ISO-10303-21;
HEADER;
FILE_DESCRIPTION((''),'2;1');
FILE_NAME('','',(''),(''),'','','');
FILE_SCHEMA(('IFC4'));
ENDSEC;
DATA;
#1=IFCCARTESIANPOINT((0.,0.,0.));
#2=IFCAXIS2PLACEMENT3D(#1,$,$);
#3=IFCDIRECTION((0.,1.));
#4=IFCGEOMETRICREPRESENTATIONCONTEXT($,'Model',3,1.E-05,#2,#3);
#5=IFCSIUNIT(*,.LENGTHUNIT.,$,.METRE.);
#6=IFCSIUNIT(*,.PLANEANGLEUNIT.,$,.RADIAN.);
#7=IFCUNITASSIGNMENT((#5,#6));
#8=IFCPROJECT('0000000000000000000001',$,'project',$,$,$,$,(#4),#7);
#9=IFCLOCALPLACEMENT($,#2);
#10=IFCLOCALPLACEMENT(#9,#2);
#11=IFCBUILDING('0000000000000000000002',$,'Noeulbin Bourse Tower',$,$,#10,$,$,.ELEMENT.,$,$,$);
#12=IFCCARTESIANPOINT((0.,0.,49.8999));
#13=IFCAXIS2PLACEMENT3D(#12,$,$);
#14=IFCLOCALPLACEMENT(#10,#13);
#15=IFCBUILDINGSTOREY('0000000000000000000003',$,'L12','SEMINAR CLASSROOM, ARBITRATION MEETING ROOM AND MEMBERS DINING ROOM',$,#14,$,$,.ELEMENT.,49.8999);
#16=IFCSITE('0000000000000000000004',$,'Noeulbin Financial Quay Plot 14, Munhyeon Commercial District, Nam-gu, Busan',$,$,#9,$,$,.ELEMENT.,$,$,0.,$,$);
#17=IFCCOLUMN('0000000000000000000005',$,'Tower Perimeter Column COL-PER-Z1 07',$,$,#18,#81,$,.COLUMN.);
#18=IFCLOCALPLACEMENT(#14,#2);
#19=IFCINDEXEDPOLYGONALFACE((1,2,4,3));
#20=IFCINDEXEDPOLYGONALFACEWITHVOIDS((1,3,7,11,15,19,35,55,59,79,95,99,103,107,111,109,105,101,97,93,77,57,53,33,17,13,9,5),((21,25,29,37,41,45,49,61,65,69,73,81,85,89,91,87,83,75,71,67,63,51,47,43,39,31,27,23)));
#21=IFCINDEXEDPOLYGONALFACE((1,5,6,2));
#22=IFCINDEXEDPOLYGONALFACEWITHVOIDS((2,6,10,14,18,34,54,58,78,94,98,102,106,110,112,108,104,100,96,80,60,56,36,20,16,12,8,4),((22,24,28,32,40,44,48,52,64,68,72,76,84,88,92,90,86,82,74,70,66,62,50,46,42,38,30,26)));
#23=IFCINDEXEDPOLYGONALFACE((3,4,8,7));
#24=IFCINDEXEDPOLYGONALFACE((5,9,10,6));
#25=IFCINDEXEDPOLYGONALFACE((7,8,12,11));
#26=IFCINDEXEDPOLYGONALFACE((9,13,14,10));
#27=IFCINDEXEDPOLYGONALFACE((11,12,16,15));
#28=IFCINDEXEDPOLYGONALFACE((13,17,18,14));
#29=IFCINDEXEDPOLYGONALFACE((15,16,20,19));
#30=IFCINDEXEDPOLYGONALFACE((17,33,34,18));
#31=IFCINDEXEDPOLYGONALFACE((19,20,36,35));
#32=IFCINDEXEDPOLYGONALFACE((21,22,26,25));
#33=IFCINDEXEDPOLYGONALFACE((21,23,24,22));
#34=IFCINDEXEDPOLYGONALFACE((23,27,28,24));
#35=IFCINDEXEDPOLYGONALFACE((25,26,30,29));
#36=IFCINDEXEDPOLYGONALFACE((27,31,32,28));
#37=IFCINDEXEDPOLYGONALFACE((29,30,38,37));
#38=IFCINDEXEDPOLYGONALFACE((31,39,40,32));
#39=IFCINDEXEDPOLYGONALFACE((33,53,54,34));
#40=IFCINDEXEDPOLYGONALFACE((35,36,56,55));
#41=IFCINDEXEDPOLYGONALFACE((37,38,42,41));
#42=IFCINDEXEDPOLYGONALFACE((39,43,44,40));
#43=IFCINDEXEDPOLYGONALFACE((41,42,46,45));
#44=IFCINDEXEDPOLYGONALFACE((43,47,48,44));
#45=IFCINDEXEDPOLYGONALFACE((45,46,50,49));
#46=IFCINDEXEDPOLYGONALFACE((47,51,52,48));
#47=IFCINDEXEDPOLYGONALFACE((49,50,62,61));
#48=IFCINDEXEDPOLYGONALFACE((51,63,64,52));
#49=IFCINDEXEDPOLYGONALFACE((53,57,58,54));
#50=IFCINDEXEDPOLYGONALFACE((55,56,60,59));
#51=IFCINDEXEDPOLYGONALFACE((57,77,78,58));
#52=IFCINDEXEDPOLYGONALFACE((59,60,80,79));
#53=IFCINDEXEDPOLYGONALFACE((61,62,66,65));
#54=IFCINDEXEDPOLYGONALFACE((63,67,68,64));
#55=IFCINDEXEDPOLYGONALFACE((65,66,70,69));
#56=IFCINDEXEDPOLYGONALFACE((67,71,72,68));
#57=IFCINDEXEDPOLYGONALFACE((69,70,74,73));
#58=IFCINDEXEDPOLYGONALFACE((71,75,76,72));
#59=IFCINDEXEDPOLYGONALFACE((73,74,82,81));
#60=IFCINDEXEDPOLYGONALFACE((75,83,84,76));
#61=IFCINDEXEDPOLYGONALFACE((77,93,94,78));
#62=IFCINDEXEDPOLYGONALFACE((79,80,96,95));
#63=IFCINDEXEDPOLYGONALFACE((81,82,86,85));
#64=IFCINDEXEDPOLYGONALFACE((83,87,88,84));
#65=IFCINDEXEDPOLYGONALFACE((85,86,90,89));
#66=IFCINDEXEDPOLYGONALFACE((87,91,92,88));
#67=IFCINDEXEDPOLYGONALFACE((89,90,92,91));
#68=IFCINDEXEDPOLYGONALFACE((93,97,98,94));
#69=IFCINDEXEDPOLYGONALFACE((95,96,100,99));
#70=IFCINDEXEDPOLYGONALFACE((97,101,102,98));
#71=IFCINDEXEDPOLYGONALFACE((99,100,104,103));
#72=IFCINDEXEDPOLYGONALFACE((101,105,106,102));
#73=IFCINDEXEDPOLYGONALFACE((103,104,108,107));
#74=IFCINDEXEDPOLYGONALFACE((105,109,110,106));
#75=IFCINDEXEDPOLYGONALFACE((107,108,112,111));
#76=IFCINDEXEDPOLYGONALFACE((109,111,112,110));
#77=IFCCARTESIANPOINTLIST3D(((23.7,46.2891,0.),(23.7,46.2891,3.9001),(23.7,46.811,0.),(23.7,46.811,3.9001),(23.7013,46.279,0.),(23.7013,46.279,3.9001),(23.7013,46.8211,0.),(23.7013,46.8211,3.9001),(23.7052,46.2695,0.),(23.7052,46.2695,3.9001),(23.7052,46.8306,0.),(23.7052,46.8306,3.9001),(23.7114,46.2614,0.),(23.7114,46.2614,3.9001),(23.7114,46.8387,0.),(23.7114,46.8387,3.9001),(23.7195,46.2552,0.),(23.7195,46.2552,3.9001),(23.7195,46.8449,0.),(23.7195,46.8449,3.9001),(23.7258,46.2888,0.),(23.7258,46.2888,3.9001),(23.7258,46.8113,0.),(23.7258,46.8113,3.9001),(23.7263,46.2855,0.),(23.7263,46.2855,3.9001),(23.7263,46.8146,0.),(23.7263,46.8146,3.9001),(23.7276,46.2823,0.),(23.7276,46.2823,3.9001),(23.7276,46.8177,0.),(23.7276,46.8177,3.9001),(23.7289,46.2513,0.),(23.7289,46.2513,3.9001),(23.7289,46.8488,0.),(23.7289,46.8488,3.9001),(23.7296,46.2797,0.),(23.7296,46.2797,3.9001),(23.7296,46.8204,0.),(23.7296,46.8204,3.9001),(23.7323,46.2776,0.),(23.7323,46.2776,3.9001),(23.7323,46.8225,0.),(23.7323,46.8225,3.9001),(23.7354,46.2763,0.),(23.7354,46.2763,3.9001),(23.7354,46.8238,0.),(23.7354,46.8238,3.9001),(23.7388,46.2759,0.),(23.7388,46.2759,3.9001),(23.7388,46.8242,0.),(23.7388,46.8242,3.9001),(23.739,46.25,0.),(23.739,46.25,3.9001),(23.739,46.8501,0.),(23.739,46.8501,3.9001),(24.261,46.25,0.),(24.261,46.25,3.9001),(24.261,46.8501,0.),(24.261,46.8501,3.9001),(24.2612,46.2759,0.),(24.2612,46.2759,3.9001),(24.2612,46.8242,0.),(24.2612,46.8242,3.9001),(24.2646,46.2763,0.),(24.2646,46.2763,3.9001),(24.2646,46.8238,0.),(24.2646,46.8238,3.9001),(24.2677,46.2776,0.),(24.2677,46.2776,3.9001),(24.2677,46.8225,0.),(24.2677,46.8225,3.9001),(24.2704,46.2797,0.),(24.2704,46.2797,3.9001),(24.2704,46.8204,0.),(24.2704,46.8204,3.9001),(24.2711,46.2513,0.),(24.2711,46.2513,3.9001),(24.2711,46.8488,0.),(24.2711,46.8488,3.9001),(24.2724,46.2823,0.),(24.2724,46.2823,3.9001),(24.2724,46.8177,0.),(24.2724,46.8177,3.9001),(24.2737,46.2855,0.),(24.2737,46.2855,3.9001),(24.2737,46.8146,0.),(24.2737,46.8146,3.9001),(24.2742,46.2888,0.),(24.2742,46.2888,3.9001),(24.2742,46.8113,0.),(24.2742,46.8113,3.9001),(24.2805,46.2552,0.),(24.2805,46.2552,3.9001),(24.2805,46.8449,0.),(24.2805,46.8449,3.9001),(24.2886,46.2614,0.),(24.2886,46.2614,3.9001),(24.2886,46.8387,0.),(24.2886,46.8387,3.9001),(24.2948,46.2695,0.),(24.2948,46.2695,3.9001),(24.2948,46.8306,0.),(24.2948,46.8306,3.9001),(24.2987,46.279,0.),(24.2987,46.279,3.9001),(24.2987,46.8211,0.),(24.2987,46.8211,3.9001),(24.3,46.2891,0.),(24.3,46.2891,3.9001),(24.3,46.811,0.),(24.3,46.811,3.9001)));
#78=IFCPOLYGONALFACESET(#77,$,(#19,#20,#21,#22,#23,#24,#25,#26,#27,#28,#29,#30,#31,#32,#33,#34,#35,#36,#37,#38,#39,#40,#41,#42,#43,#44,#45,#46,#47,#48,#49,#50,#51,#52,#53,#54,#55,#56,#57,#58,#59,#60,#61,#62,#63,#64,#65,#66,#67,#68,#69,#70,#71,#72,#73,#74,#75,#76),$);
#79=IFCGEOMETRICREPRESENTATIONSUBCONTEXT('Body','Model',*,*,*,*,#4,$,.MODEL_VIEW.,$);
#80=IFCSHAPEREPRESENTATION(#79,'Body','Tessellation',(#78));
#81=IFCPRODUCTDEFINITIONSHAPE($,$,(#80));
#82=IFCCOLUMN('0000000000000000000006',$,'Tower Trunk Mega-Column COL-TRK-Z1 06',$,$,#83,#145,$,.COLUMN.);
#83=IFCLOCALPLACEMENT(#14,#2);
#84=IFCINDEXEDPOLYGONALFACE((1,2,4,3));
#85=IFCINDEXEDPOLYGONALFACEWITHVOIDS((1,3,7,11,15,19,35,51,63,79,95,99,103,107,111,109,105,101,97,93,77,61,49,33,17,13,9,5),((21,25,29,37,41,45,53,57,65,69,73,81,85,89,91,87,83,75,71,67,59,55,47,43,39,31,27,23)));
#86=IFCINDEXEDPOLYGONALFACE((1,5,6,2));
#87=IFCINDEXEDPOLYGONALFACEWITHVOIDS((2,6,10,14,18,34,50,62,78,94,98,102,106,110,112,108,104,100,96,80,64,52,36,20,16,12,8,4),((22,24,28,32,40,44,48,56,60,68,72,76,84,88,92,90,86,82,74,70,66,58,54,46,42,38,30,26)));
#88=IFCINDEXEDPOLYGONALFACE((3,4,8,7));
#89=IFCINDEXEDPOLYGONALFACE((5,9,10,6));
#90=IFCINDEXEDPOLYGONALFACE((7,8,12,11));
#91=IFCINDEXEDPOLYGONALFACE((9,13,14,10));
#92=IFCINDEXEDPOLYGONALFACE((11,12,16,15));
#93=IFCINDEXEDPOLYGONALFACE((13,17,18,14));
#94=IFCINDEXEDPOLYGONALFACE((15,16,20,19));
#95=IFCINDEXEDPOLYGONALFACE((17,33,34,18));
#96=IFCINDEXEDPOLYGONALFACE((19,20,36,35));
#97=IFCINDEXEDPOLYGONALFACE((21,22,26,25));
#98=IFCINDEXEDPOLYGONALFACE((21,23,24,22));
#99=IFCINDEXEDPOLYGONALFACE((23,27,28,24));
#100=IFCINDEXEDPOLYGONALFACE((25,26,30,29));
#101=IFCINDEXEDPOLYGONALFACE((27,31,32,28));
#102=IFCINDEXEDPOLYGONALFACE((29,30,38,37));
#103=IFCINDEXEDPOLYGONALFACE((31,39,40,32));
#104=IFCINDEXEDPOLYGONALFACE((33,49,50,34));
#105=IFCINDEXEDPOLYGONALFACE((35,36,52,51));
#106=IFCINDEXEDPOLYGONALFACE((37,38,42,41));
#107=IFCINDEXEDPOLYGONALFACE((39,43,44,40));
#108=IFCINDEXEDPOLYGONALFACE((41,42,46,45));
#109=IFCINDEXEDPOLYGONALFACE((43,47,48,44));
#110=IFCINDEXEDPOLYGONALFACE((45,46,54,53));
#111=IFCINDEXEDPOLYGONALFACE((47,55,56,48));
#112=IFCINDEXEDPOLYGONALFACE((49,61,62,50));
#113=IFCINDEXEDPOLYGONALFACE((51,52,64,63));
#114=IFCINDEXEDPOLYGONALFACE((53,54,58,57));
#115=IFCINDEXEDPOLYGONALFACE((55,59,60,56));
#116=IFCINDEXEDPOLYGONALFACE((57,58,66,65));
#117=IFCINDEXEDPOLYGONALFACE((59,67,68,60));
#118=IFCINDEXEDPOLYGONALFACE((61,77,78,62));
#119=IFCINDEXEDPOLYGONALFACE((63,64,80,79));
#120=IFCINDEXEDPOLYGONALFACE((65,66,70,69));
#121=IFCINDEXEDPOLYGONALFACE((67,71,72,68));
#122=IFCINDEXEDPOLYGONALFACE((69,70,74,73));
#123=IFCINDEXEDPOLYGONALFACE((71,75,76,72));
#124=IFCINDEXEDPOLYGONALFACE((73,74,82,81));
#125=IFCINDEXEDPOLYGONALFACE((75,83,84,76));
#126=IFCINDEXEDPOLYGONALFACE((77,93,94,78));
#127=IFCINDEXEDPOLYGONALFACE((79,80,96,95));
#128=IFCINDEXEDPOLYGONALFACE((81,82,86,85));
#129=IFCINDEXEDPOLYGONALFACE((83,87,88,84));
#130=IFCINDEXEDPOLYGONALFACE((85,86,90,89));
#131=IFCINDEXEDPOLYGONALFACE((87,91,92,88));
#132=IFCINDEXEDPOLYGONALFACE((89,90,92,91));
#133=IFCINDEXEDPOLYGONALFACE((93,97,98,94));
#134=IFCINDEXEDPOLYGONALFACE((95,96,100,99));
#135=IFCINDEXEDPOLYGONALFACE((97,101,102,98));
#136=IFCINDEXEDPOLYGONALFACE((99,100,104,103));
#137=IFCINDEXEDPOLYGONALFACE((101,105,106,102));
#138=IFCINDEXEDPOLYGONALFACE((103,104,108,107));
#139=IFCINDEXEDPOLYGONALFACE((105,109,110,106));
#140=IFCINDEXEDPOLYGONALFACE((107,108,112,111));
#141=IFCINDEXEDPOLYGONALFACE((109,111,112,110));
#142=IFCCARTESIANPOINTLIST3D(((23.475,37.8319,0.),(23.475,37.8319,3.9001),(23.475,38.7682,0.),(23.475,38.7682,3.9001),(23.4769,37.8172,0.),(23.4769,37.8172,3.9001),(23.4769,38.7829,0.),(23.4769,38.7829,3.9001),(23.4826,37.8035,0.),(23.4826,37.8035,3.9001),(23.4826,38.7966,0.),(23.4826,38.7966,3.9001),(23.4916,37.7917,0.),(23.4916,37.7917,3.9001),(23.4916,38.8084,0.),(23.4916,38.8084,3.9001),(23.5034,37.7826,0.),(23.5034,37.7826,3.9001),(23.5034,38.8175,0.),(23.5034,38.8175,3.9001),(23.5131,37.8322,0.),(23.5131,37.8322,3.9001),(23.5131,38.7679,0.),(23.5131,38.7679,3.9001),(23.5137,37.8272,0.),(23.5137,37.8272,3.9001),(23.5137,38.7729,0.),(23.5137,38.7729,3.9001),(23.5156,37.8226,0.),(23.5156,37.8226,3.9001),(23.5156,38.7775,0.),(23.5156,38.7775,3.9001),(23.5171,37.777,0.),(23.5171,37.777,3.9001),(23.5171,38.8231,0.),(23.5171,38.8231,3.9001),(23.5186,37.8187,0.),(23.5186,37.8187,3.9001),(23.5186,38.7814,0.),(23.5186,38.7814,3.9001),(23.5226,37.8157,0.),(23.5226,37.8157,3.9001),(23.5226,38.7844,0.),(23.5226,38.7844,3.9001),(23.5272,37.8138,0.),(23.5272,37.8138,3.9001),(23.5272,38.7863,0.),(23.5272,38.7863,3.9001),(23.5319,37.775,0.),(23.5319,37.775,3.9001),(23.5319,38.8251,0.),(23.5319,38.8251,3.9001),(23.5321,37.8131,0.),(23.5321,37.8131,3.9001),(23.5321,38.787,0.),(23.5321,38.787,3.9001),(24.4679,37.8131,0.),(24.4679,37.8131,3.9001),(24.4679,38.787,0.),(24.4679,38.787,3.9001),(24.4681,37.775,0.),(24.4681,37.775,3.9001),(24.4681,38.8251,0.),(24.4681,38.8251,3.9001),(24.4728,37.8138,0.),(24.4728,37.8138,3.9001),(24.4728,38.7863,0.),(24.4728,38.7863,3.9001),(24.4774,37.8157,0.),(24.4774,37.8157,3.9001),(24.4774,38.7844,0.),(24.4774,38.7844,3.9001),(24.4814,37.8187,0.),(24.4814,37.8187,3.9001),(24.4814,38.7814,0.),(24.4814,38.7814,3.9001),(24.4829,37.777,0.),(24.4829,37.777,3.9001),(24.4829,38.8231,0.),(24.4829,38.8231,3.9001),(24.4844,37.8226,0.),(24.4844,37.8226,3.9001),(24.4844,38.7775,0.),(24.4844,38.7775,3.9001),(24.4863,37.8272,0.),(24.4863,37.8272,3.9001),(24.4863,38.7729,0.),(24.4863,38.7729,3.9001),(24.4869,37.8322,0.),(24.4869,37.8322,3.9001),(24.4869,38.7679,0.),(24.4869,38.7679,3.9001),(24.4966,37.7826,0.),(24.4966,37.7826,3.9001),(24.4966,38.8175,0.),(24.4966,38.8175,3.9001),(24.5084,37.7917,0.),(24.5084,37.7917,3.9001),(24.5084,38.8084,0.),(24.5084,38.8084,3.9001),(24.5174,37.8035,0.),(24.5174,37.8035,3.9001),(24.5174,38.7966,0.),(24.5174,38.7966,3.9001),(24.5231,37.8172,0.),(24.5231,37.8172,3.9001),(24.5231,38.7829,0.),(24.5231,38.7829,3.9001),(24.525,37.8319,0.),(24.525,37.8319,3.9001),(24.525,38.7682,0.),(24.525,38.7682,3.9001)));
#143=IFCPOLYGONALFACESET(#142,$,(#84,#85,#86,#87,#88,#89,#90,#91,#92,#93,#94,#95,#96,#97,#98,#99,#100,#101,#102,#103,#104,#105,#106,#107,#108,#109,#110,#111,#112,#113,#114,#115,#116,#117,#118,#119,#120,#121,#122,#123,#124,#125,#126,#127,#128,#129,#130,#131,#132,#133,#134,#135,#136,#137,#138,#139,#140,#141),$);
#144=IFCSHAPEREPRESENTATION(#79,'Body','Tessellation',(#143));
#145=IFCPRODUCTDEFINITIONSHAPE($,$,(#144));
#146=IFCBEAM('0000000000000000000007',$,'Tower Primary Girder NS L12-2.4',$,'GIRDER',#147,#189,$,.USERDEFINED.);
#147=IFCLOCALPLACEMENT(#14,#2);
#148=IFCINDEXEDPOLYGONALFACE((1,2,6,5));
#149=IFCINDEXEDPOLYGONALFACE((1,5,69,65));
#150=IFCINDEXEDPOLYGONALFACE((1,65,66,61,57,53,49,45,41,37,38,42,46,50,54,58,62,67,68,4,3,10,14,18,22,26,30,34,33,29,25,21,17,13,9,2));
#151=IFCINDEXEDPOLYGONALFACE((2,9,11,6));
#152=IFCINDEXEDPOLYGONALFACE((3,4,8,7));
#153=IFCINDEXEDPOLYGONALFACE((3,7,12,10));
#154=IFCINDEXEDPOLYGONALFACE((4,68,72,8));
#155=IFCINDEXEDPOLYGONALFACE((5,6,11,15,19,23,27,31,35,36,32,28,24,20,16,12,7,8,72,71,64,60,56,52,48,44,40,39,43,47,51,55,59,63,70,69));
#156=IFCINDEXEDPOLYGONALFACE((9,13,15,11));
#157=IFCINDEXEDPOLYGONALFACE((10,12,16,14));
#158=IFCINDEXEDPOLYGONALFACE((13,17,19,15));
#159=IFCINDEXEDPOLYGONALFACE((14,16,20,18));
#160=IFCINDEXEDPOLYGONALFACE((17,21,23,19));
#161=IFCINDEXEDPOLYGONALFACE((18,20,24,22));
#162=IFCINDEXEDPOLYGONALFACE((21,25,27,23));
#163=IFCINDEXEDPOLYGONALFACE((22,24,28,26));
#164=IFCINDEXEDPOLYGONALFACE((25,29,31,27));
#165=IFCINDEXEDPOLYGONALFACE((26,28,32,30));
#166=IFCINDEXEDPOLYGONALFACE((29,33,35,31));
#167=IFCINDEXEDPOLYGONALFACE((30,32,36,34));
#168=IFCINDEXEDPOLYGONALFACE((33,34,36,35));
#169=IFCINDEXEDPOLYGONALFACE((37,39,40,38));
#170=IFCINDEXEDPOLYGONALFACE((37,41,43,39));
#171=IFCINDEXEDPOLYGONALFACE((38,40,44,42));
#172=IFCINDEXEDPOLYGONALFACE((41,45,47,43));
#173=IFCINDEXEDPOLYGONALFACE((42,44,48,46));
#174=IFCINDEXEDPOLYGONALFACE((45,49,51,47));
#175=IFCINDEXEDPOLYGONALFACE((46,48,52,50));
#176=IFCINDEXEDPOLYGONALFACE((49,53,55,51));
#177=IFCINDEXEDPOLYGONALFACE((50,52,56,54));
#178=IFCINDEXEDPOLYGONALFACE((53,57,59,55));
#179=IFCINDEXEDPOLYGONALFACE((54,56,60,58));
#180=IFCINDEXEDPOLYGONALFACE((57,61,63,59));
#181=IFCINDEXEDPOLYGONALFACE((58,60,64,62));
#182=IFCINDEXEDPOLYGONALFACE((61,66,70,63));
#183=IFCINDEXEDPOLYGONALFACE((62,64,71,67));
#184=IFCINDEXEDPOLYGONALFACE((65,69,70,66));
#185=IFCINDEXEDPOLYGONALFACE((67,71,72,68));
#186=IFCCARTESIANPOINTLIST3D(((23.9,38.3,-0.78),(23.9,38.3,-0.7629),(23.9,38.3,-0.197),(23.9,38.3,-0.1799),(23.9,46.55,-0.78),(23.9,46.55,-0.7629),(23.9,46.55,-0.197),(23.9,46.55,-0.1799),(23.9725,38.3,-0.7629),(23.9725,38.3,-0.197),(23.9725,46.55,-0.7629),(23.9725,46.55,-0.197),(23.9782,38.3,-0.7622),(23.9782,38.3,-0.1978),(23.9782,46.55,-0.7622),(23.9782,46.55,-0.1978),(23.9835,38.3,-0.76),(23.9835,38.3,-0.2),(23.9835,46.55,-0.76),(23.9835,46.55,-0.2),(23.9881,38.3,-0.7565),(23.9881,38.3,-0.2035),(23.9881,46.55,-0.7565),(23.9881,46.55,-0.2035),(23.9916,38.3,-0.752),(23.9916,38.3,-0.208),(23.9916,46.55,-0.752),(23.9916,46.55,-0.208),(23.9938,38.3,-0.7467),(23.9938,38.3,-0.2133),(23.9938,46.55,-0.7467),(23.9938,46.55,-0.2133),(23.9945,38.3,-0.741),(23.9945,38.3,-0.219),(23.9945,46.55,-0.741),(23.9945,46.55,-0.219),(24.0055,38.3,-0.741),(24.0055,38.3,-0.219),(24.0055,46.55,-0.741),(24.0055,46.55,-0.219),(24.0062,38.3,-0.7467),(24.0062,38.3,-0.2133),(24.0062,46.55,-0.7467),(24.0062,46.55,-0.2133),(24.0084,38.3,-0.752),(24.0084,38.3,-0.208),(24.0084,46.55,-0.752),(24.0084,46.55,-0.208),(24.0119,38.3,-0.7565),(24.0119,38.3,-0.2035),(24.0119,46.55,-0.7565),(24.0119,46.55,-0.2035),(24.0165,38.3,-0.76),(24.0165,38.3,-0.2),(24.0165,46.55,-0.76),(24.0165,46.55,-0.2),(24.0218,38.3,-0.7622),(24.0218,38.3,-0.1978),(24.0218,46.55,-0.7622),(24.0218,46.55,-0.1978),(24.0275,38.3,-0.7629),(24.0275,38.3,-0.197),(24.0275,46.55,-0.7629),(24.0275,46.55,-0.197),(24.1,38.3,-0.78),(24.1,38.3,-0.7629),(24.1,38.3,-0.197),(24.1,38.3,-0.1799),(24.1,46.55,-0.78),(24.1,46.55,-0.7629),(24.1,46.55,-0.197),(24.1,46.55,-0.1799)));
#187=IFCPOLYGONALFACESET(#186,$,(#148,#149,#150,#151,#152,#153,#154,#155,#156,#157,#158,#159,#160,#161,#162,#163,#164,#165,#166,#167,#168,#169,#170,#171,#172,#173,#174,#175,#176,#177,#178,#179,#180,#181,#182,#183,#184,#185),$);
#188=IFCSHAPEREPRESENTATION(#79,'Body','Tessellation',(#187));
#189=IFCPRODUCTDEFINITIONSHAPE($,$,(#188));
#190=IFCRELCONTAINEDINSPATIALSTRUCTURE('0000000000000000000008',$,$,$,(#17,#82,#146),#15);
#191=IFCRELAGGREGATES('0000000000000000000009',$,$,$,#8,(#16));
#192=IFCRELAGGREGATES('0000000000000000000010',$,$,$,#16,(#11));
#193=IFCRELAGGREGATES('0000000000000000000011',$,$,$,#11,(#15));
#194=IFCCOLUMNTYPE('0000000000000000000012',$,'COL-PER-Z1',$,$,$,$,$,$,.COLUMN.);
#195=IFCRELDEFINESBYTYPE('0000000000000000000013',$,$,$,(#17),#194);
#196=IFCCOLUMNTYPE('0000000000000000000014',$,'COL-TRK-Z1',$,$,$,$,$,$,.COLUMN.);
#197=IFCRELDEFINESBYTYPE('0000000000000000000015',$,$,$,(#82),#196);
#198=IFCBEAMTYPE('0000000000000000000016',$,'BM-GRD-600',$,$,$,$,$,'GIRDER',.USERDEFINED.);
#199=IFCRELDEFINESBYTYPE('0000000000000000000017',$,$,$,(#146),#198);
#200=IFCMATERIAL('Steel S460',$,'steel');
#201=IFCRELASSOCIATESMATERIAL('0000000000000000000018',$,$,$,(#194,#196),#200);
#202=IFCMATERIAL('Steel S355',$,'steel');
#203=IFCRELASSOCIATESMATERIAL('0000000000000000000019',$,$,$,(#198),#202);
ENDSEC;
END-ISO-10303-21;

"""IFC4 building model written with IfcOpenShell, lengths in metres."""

from ifc_helpers import new_model, si_unit, direction, frame, origin, origin_2d, place, context, subcontext, project, spatial, hollow_rectangle, i_section, extrude, material, material_profile, profile_set, type_object, element, save


model = new_model("IFC4")

# Units and contexts
model_context = context("Model", 3, precision=1e-05, world=origin(), true_north=direction((0.0, 1.0)))
body_context = subcontext(model_context, "Body", "Model", "MODEL_VIEW")
ifc_project = project(units=[si_unit("LENGTHUNIT", "METRE"), si_unit("PLANEANGLEUNIT", "RADIAN")], contexts=[model_context])

# Site, building, storey
site_placement = place(None, origin())
site = spatial("IfcSite", under=ifc_project, at=site_placement, Name="Noeulbin Financial Quay Plot 14, Munhyeon Commercial District, Nam-gu, Busan", CompositionType="ELEMENT", RefElevation=0.0)
building_placement = place(site_placement, origin())
building = spatial("IfcBuilding", under=site, at=building_placement, Name="Noeulbin Bourse Tower", CompositionType="ELEMENT")
storey_placement = place(building_placement, frame((0.0, 0.0, 49.8999)))
storey = spatial("IfcBuildingStorey", under=building, at=storey_placement, Name="L12", Description="SEMINAR CLASSROOM, ARBITRATION MEETING ROOM AND MEMBERS DINING ROOM", CompositionType="ELEMENT", Elevation=49.8999)

# Columns
ifc_material_1 = material(Name="Steel S460", Category="steel")
ifc_material_profile_1 = material_profile(ifc_material_1, hollow_rectangle(XDim=0.6001, YDim=0.6001, WallThickness=0.0259, InnerFilletRadius=0.0129, OuterFilletRadius=0.0391, at=origin_2d()), Name="BOX-600x600x26", Category="LoadBearing")
ifc_profile_set_1 = profile_set([ifc_material_profile_1], Name="Steel S460")
column_type_1 = type_object("IfcColumnType", Name="COL-PER-Z1", PredefinedType="COLUMN", material=ifc_profile_set_1)
column_1_placement = place(storey_placement, frame((24.0, 46.55, 0.0), z_axis=(0.0, 0.0, 1.0), x_axis=(1.0, 0.0, 0.0)))
element("IfcColumn", 1, at=column_1_placement, inside=storey, type_object=column_type_1, Name="Tower Perimeter Column COL-PER-Z1 07", PredefinedType="COLUMN", context=body_context, shape_type="SweptSolid", body=[
    extrude(hollow_rectangle(XDim=0.6001, YDim=0.6001, WallThickness=0.0259, InnerFilletRadius=0.0129, OuterFilletRadius=0.0391, at=origin_2d()), origin(), (0.0, 0.0, 1.0), 3.9001),
])
ifc_material_profile_2 = material_profile(ifc_material_1, hollow_rectangle(XDim=1.05, YDim=1.05, WallThickness=0.0381, InnerFilletRadius=0.019, OuterFilletRadius=0.0569, at=origin_2d()), Name="BOX-1050x1050x38", Category="LoadBearing")
ifc_profile_set_2 = profile_set([ifc_material_profile_2], Name="Steel S460")
column_type_2 = type_object("IfcColumnType", Name="COL-TRK-Z1", PredefinedType="COLUMN", material=ifc_profile_set_2)
column_2_placement = place(storey_placement, frame((24.0, 38.3, 0.0), z_axis=(0.0, 0.0, 1.0), x_axis=(1.0, 0.0, 0.0)))
element("IfcColumn", 2, at=column_2_placement, inside=storey, type_object=column_type_2, Name="Tower Trunk Mega-Column COL-TRK-Z1 06", PredefinedType="COLUMN", context=body_context, shape_type="SweptSolid", body=[
    extrude(hollow_rectangle(XDim=1.05, YDim=1.05, WallThickness=0.0381, InnerFilletRadius=0.019, OuterFilletRadius=0.0569, at=origin_2d()), origin(), (0.0, 0.0, 1.0), 3.9001),
])

# Beam
ifc_material_2 = material(Name="Steel S355", Category="steel")
ifc_material_profile_3 = material_profile(ifc_material_2, i_section(OverallWidth=0.2, OverallDepth=0.6001, WebThickness=0.011, FlangeThickness=0.0171, FilletRadius=0.022, at=origin_2d()), Name="H-600x200x11x17", Category="LoadBearing")
ifc_profile_set_3 = profile_set([ifc_material_profile_3], Name="Steel S355")
beam_type_1 = type_object("IfcBeamType", Name="BM-GRD-600", ElementType="GIRDER", PredefinedType="USERDEFINED", material=ifc_profile_set_3)
beam_1_placement = place(storey_placement, frame((24.0, 38.3, -0.48), z_axis=(0.0, 1.0, 0.0), x_axis=(-1.0, 0.0, 0.0)))
element("IfcBeam", 3, at=beam_1_placement, inside=storey, type_object=beam_type_1, Name="Tower Primary Girder NS L12-2.4", ObjectType="GIRDER", PredefinedType="USERDEFINED", context=body_context, shape_type="SweptSolid", body=[
    extrude(i_section(OverallWidth=0.2, OverallDepth=0.6001, WebThickness=0.011, FlangeThickness=0.0171, FilletRadius=0.022, at=origin_2d()), origin(), (0.0, 0.0, 1.0), 8.25),
])

save(model, "model.ifc")
